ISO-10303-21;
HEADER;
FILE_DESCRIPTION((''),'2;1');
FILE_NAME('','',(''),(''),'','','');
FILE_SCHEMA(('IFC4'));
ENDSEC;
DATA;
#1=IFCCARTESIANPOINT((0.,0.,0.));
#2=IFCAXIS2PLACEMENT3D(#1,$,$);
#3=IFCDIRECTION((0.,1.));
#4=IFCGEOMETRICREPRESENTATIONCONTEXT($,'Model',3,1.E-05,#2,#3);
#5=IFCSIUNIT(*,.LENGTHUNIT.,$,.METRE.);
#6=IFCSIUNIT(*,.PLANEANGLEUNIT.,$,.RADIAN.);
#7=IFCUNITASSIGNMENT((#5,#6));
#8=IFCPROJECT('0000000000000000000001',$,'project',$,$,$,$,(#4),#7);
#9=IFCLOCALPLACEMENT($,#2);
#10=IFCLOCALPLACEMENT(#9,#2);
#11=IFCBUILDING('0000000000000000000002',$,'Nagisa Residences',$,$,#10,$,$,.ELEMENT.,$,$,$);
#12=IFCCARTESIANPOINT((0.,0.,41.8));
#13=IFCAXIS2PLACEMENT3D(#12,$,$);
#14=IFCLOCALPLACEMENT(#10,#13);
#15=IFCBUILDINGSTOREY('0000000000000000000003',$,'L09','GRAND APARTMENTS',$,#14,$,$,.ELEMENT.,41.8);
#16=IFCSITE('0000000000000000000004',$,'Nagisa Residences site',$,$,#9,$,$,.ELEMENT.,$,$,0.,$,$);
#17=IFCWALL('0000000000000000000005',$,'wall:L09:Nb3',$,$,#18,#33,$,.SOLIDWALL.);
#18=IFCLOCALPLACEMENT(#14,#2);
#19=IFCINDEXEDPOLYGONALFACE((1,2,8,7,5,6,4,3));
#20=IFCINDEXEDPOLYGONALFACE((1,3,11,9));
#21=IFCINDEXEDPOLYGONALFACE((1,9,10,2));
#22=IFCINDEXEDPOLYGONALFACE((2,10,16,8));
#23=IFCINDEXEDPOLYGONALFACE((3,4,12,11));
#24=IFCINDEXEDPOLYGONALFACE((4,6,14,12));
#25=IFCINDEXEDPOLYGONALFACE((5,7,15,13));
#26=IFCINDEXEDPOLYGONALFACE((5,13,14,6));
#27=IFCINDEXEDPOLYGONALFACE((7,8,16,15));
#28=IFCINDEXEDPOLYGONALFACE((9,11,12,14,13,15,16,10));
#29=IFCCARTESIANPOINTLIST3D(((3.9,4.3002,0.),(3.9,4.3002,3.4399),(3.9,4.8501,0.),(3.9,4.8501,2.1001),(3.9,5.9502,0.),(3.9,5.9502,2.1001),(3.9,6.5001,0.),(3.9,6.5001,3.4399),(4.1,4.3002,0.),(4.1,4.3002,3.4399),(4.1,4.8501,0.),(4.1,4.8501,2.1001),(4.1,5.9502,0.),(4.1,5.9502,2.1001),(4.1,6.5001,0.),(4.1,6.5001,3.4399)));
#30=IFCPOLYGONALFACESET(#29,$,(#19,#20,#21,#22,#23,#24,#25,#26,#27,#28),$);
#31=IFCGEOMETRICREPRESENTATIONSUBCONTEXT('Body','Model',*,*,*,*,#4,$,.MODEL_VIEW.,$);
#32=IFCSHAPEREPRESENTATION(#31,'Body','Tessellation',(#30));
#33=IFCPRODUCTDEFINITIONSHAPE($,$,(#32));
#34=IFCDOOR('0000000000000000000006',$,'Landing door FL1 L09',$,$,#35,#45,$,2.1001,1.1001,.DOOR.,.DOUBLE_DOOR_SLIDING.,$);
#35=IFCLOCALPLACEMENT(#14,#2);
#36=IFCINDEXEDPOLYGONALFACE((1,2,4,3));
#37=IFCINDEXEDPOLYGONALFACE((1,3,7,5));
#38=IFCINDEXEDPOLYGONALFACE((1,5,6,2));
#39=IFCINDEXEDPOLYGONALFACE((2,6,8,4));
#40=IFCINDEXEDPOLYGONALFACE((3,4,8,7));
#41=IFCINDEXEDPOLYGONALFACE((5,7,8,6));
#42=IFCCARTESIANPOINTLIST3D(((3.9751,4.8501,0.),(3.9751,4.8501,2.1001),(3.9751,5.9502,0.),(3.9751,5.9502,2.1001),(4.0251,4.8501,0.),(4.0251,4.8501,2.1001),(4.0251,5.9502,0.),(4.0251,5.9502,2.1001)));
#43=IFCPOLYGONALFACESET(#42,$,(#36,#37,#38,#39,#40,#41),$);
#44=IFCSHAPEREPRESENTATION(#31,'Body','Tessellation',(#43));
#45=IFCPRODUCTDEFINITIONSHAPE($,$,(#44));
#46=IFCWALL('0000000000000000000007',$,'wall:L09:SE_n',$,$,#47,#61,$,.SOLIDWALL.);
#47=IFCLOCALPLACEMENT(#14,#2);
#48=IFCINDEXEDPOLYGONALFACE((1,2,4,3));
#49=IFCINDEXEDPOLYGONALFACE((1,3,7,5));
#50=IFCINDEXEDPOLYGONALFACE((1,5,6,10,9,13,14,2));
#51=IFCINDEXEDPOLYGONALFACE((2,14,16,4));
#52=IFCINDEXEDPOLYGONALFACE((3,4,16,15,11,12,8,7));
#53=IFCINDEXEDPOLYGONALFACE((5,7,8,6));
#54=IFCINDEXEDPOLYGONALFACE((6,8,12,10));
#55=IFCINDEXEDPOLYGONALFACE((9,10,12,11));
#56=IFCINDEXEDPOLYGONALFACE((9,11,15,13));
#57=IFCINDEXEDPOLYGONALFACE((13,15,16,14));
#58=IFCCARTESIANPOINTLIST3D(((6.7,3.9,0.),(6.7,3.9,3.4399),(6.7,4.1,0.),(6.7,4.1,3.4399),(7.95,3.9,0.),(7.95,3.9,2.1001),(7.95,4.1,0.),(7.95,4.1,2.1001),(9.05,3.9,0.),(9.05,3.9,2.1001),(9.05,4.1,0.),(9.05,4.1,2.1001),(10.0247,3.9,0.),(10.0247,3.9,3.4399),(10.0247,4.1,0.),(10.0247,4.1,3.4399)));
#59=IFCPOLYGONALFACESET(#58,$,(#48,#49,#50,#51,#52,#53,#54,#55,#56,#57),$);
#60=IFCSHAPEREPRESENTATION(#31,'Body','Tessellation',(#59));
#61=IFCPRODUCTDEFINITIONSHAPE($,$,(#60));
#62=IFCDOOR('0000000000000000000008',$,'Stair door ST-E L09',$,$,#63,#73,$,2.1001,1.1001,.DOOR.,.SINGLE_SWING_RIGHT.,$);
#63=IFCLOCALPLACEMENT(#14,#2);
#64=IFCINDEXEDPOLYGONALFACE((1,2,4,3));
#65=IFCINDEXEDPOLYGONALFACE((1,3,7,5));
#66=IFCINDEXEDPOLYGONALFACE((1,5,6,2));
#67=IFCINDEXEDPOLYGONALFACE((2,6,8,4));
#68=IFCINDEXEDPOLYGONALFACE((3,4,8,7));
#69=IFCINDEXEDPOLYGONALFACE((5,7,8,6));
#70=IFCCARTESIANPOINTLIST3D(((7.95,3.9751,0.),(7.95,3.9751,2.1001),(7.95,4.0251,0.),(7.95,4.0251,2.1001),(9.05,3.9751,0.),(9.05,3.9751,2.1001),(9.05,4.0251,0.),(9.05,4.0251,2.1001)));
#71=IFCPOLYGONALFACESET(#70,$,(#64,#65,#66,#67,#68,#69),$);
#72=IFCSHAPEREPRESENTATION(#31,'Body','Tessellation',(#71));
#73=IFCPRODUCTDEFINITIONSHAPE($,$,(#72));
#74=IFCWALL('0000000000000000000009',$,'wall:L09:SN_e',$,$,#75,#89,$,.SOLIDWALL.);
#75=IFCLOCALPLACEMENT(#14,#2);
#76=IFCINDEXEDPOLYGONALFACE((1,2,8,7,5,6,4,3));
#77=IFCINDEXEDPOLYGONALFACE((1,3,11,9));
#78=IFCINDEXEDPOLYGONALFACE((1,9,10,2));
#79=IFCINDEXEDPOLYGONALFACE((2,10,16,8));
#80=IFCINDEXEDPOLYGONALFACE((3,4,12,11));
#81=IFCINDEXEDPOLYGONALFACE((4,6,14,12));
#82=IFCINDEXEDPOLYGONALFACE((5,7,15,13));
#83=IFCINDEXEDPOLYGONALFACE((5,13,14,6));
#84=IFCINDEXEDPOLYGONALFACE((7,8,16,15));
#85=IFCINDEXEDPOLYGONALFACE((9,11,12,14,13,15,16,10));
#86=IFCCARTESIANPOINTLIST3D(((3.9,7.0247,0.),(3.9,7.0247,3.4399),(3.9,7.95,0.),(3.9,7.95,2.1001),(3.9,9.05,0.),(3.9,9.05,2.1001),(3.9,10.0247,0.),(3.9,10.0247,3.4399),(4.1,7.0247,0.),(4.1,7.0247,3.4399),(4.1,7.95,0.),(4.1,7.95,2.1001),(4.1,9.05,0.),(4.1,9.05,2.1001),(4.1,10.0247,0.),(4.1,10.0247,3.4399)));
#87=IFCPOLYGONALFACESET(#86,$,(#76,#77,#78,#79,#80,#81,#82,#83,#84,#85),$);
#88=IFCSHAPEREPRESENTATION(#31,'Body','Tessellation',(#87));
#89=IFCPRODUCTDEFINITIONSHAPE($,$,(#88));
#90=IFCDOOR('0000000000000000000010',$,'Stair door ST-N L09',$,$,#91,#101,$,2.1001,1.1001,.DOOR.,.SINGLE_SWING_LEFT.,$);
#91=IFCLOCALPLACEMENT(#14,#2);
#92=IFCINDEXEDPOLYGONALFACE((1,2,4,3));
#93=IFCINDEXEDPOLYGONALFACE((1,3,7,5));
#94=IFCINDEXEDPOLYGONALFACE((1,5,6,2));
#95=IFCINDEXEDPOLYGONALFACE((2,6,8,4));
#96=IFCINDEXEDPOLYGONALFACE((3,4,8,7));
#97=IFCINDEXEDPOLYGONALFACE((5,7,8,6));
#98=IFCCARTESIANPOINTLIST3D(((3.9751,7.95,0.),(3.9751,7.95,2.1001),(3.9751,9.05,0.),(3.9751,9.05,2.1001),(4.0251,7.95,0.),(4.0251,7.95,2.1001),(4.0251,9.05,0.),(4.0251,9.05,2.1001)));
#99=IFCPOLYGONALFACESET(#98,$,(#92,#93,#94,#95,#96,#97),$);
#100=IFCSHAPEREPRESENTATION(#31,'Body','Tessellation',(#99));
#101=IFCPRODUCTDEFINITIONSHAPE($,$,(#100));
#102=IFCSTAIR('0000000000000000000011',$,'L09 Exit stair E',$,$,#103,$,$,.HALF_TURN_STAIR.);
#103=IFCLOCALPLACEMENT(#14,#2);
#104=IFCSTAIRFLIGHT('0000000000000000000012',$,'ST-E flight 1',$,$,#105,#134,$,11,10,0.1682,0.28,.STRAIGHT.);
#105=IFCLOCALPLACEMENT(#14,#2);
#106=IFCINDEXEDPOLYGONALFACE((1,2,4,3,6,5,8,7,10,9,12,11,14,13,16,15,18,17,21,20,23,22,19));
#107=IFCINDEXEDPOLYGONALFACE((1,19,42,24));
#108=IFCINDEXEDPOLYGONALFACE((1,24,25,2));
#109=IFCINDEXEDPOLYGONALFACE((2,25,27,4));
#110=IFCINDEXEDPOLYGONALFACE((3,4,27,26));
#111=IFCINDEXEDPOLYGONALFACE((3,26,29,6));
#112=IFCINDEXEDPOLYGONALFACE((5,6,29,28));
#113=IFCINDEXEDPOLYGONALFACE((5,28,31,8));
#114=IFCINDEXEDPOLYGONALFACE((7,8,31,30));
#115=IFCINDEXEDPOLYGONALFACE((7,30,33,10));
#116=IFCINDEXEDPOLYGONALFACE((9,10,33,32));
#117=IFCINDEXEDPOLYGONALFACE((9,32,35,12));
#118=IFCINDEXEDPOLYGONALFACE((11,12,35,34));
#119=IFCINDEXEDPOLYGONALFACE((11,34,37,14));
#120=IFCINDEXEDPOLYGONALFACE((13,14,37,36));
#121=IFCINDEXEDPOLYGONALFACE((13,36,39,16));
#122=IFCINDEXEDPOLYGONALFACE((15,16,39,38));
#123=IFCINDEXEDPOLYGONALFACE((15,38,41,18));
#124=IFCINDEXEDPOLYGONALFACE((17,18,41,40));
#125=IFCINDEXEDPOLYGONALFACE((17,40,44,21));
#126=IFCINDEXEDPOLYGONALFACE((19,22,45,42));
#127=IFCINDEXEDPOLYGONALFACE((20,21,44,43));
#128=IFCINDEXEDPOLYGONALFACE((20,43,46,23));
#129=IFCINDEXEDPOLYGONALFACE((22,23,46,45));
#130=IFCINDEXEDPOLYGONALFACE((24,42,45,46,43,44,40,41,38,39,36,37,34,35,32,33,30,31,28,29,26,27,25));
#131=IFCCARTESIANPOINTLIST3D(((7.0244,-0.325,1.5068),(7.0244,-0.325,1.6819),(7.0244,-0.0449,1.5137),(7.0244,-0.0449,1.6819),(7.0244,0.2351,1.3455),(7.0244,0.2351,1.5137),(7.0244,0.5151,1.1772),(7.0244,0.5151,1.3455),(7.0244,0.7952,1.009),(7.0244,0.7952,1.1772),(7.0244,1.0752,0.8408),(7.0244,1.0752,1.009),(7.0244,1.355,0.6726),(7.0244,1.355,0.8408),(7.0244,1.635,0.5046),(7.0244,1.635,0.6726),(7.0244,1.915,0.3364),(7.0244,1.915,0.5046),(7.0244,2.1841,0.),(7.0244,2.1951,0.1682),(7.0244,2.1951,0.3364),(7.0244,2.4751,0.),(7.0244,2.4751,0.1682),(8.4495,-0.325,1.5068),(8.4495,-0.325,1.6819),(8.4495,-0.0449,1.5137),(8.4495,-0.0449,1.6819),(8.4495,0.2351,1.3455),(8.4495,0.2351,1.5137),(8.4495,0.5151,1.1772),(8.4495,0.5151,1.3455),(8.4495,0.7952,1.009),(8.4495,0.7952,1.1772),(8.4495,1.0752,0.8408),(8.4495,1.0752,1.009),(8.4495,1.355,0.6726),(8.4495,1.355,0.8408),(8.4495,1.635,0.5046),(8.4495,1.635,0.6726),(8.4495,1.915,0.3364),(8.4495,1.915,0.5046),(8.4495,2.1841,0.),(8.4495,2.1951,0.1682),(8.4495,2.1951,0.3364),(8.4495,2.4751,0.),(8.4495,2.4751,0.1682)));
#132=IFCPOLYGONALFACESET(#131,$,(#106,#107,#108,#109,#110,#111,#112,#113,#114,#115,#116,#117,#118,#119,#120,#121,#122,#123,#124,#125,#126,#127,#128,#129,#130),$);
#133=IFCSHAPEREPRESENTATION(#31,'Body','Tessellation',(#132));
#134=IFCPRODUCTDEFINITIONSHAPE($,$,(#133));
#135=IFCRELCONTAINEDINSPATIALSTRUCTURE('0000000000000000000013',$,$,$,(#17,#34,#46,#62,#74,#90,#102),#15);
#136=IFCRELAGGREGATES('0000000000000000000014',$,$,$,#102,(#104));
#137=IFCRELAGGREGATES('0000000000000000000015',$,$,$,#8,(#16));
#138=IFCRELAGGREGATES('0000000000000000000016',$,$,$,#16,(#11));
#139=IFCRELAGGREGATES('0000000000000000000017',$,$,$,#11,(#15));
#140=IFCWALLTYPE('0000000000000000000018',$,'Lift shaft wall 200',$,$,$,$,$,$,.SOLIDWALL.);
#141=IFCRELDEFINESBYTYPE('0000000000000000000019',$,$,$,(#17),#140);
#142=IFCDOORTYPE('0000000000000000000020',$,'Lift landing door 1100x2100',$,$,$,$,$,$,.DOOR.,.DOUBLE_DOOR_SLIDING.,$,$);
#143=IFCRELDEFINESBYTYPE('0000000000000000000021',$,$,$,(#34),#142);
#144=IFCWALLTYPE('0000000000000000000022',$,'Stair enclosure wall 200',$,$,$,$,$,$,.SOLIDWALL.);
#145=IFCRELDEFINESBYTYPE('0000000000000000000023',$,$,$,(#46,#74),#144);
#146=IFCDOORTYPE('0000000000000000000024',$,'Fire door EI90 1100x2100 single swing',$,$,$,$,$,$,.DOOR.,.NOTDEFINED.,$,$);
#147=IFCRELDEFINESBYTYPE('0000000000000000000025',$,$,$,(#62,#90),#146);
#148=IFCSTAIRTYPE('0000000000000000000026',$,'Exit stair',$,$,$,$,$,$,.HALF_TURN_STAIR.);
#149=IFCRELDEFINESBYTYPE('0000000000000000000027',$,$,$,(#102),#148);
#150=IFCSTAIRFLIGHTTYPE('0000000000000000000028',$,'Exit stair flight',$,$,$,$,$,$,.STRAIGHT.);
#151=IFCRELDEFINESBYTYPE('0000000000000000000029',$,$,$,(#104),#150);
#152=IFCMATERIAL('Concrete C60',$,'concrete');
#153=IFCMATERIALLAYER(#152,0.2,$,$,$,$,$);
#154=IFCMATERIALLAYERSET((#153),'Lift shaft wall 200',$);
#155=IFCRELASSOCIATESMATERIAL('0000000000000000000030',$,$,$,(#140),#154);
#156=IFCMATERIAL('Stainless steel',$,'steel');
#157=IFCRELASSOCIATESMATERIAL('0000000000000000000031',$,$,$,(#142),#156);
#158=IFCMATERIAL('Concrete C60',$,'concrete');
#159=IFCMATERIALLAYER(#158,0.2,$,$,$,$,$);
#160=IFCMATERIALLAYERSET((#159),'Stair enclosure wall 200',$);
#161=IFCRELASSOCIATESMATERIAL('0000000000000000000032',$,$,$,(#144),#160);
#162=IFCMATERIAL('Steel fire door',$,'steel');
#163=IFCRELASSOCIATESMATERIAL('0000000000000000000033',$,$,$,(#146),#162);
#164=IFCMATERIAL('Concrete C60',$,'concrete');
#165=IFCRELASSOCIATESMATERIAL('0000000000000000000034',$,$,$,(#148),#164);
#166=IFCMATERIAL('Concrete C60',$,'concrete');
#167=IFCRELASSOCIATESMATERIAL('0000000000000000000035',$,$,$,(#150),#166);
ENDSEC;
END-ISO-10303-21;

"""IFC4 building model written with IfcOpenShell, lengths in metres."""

from ifc_helpers import new_model, si_unit, direction, frame, frame_2d, origin, place, context, subcontext, project, spatial, polyline, rectangle, outline, extrude, material, layer, layer_set, type_object, element, fill, aggregate, save


model = new_model("IFC4")

# Units and contexts
model_context = context("Model", 3, precision=1e-05, world=origin(), true_north=direction((0.0, 1.0)))
body_context = subcontext(model_context, "Body", "Model", "MODEL_VIEW")
ifc_project = project(units=[si_unit("LENGTHUNIT", "METRE"), si_unit("PLANEANGLEUNIT", "RADIAN")], contexts=[model_context])

# Site, building, storey
site_placement = place(None, origin())
site = spatial("IfcSite", under=ifc_project, at=site_placement, Name="Nagisa Residences site", CompositionType="ELEMENT", RefElevation=0.0)
building_placement = place(site_placement, origin())
building = spatial("IfcBuilding", under=site, at=building_placement, Name="Nagisa Residences", CompositionType="ELEMENT")
storey_placement = place(building_placement, frame((0.0, 0.0, 41.8)))
storey = spatial("IfcBuildingStorey", under=building, at=storey_placement, Name="L09", Description="GRAND APARTMENTS", CompositionType="ELEMENT", Elevation=41.8)

# Walls, openings, doors
ifc_material_1 = material(Name="Concrete C60", Category="concrete")
ifc_layer_1 = layer(ifc_material_1, 0.2)
ifc_layer_set_1 = layer_set([ifc_layer_1], Name="Lift shaft wall 200")
wall_type_1 = type_object("IfcWallType", Name="Lift shaft wall 200", PredefinedType="SOLIDWALL", material=ifc_layer_set_1)
wall_1_placement = place(storey_placement, frame((4.0, 4.3, 0.0), z_axis=(0.0, 0.0, 1.0), x_axis=(0.0, 1.0, 0.0)))
wall_1 = element("IfcWall", 1, at=wall_1_placement, inside=storey, type_object=wall_type_1, Name="wall:L09:Nb3", PredefinedType="SOLIDWALL", context=body_context, shape_type="SweptSolid", body=[
    extrude(rectangle(XDim=2.2, YDim=0.2, at=frame_2d((1.1001, 0.0))), origin(), (0.0, 0.0, 1.0), 3.4399),
])
opening_1_placement = place(wall_1_placement, frame((0.55, 0.0, 0.0)))
opening_1 = element("IfcOpeningElement", 2, at=opening_1_placement, cuts=wall_1, PredefinedType="OPENING", context=body_context, shape_type="SweptSolid", body=[
    extrude(rectangle(XDim=1.1001, YDim=2.1001, at=frame_2d((0.55, 1.05))), frame((0.0, 0.1099, 0.0), z_axis=(0.0, -1.0, 0.0), x_axis=(1.0, 0.0, 0.0)), (0.0, 0.0, 1.0), 0.22),
])
ifc_material_2 = material(Name="Stainless steel", Category="steel")
door_type_1 = type_object("IfcDoorType", Name="Lift landing door 1100x2100", OperationType="DOUBLE_DOOR_SLIDING", PredefinedType="DOOR", material=ifc_material_2)
door_1_placement = place(opening_1_placement, origin())
door_1 = element("IfcDoor", 3, at=door_1_placement, inside=storey, type_object=door_type_1, Name="Landing door FL1 L09", OperationType="DOUBLE_DOOR_SLIDING", OverallHeight=2.1001, OverallWidth=1.1001, PredefinedType="DOOR", context=body_context, shape_type="SweptSolid", body=[
    extrude(rectangle(XDim=1.1001, YDim=2.1001, at=frame_2d((0.55, 1.05))), frame((0.0, 0.0249, 0.0), z_axis=(0.0, -1.0, 0.0), x_axis=(1.0, 0.0, 0.0)), (0.0, 0.0, 1.0), 0.05),
])
fill(opening_1, door_1)
ifc_material_3 = material(Name="Concrete C60", Category="concrete")
ifc_layer_2 = layer(ifc_material_3, 0.2)
ifc_layer_set_2 = layer_set([ifc_layer_2], Name="Stair enclosure wall 200")
wall_type_2 = type_object("IfcWallType", Name="Stair enclosure wall 200", PredefinedType="SOLIDWALL", material=ifc_layer_set_2)
wall_2_placement = place(storey_placement, frame((6.7, 4.0, 0.0), z_axis=(0.0, 0.0, 1.0), x_axis=(1.0, 0.0, 0.0)))
wall_2 = element("IfcWall", 4, at=wall_2_placement, inside=storey, type_object=wall_type_2, Name="wall:L09:SE_n", PredefinedType="SOLIDWALL", context=body_context, shape_type="SweptSolid", body=[
    extrude(rectangle(XDim=3.3247, YDim=0.2, at=frame_2d((1.6624, 0.0))), origin(), (0.0, 0.0, 1.0), 3.4399),
])
opening_2_placement = place(wall_2_placement, frame((1.25, 0.0, 0.0)))
opening_2 = element("IfcOpeningElement", 5, at=opening_2_placement, cuts=wall_2, PredefinedType="OPENING", context=body_context, shape_type="SweptSolid", body=[
    extrude(rectangle(XDim=1.1001, YDim=2.1001, at=frame_2d((0.55, 1.05))), frame((0.0, 0.1099, 0.0), z_axis=(0.0, -1.0, 0.0), x_axis=(1.0, 0.0, 0.0)), (0.0, 0.0, 1.0), 0.22),
])
ifc_material_4 = material(Name="Steel fire door", Category="steel")
door_type_2 = type_object("IfcDoorType", Name="Fire door EI90 1100x2100 single swing", OperationType="NOTDEFINED", PredefinedType="DOOR", material=ifc_material_4)
door_2_placement = place(opening_2_placement, frame((1.1001, 0.0, 0.0), x_axis=(-1.0, 0.0, 0.0)))
door_2 = element("IfcDoor", 6, at=door_2_placement, inside=storey, type_object=door_type_2, Name="Stair door ST-E L09", OperationType="SINGLE_SWING_RIGHT", OverallHeight=2.1001, OverallWidth=1.1001, PredefinedType="DOOR", context=body_context, shape_type="SweptSolid", body=[
    extrude(rectangle(XDim=1.1001, YDim=2.1001, at=frame_2d((0.55, 1.05))), frame((0.0, 0.0249, 0.0), z_axis=(0.0, -1.0, 0.0), x_axis=(1.0, 0.0, 0.0)), (0.0, 0.0, 1.0), 0.05),
])
fill(opening_2, door_2)
wall_3_placement = place(storey_placement, frame((4.0, 7.0247, 0.0), z_axis=(0.0, 0.0, 1.0), x_axis=(0.0, 1.0, 0.0)))
wall_3 = element("IfcWall", 7, at=wall_3_placement, inside=storey, type_object=wall_type_2, Name="wall:L09:SN_e", PredefinedType="SOLIDWALL", context=body_context, shape_type="SweptSolid", body=[
    extrude(rectangle(XDim=3.0, YDim=0.2, at=frame_2d((1.5, 0.0))), origin(), (0.0, 0.0, 1.0), 3.4399),
])
opening_3_placement = place(wall_3_placement, frame((0.9253, 0.0, 0.0)))
opening_3 = element("IfcOpeningElement", 8, at=opening_3_placement, cuts=wall_3, PredefinedType="OPENING", context=body_context, shape_type="SweptSolid", body=[
    extrude(rectangle(XDim=1.1001, YDim=2.1001, at=frame_2d((0.55, 1.05))), frame((0.0, 0.1099, 0.0), z_axis=(0.0, -1.0, 0.0), x_axis=(1.0, 0.0, 0.0)), (0.0, 0.0, 1.0), 0.22),
])
door_3_placement = place(opening_3_placement, origin())
door_3 = element("IfcDoor", 9, at=door_3_placement, inside=storey, type_object=door_type_2, Name="Stair door ST-N L09", OperationType="SINGLE_SWING_LEFT", OverallHeight=2.1001, OverallWidth=1.1001, PredefinedType="DOOR", context=body_context, shape_type="SweptSolid", body=[
    extrude(rectangle(XDim=1.1001, YDim=2.1001, at=frame_2d((0.55, 1.05))), frame((0.0, 0.0249, 0.0), z_axis=(0.0, -1.0, 0.0), x_axis=(1.0, 0.0, 0.0)), (0.0, 0.0, 1.0), 0.05),
])
fill(opening_3, door_3)

# Stair, stair flight
ifc_material_5 = material(Name="Concrete C60", Category="concrete")
stair_type = type_object("IfcStairType", Name="Exit stair", PredefinedType="HALF_TURN_STAIR", material=ifc_material_5)
stair_placement = place(storey_placement, origin())
stair = element("IfcStair", 10, at=stair_placement, inside=storey, type_object=stair_type, Name="L09 Exit stair E", PredefinedType="HALF_TURN_STAIR")
ifc_material_6 = material(Name="Concrete C60", Category="concrete")
stair_flight_type = type_object("IfcStairFlightType", Name="Exit stair flight", PredefinedType="STRAIGHT", material=ifc_material_6)
stair_flight_placement = place(storey_placement, frame((7.7371, 2.4751, 0.0), z_axis=(0.0, 0.0, 1.0), x_axis=(0.0, -1.0, 0.0)))
stair_flight = element("IfcStairFlight", 11, at=stair_flight_placement, type_object=stair_flight_type, Name="ST-E flight 1", NumberOfRisers=11, NumberOfTreads=10, PredefinedType="STRAIGHT", RiserHeight=0.1682, TreadLength=0.28, context=body_context, shape_type="SweptSolid", body=[
    extrude(outline(polyline([(0.0, 0.0), (0.0, 0.1682), (0.28, 0.1682), (0.28, 0.3364), (0.5601, 0.3364), (0.5601, 0.5046), (0.8401, 0.5046), (0.8401, 0.6726), (1.1201, 0.6726), (1.1201, 0.8408), (1.3999, 0.8408), (1.3999, 1.009), (1.6799, 1.009), (1.6799, 1.1772), (1.96, 1.1772), (1.96, 1.3455), (2.24, 1.3455), (2.24, 1.5137), (2.52, 1.5137), (2.52, 1.6819), (2.8, 1.6819), (2.8, 1.8501), (2.8, 1.5068), (0.291, 0.0), (0.0, 0.0)])), frame((0.0, 0.7124, 0.0), z_axis=(0.0, -1.0, 0.0), x_axis=(1.0, 0.0, 0.0)), (0.0, 0.0, 1.0), 1.425),
])
aggregate(stair, [stair_flight])

save(model, "model.ifc")
